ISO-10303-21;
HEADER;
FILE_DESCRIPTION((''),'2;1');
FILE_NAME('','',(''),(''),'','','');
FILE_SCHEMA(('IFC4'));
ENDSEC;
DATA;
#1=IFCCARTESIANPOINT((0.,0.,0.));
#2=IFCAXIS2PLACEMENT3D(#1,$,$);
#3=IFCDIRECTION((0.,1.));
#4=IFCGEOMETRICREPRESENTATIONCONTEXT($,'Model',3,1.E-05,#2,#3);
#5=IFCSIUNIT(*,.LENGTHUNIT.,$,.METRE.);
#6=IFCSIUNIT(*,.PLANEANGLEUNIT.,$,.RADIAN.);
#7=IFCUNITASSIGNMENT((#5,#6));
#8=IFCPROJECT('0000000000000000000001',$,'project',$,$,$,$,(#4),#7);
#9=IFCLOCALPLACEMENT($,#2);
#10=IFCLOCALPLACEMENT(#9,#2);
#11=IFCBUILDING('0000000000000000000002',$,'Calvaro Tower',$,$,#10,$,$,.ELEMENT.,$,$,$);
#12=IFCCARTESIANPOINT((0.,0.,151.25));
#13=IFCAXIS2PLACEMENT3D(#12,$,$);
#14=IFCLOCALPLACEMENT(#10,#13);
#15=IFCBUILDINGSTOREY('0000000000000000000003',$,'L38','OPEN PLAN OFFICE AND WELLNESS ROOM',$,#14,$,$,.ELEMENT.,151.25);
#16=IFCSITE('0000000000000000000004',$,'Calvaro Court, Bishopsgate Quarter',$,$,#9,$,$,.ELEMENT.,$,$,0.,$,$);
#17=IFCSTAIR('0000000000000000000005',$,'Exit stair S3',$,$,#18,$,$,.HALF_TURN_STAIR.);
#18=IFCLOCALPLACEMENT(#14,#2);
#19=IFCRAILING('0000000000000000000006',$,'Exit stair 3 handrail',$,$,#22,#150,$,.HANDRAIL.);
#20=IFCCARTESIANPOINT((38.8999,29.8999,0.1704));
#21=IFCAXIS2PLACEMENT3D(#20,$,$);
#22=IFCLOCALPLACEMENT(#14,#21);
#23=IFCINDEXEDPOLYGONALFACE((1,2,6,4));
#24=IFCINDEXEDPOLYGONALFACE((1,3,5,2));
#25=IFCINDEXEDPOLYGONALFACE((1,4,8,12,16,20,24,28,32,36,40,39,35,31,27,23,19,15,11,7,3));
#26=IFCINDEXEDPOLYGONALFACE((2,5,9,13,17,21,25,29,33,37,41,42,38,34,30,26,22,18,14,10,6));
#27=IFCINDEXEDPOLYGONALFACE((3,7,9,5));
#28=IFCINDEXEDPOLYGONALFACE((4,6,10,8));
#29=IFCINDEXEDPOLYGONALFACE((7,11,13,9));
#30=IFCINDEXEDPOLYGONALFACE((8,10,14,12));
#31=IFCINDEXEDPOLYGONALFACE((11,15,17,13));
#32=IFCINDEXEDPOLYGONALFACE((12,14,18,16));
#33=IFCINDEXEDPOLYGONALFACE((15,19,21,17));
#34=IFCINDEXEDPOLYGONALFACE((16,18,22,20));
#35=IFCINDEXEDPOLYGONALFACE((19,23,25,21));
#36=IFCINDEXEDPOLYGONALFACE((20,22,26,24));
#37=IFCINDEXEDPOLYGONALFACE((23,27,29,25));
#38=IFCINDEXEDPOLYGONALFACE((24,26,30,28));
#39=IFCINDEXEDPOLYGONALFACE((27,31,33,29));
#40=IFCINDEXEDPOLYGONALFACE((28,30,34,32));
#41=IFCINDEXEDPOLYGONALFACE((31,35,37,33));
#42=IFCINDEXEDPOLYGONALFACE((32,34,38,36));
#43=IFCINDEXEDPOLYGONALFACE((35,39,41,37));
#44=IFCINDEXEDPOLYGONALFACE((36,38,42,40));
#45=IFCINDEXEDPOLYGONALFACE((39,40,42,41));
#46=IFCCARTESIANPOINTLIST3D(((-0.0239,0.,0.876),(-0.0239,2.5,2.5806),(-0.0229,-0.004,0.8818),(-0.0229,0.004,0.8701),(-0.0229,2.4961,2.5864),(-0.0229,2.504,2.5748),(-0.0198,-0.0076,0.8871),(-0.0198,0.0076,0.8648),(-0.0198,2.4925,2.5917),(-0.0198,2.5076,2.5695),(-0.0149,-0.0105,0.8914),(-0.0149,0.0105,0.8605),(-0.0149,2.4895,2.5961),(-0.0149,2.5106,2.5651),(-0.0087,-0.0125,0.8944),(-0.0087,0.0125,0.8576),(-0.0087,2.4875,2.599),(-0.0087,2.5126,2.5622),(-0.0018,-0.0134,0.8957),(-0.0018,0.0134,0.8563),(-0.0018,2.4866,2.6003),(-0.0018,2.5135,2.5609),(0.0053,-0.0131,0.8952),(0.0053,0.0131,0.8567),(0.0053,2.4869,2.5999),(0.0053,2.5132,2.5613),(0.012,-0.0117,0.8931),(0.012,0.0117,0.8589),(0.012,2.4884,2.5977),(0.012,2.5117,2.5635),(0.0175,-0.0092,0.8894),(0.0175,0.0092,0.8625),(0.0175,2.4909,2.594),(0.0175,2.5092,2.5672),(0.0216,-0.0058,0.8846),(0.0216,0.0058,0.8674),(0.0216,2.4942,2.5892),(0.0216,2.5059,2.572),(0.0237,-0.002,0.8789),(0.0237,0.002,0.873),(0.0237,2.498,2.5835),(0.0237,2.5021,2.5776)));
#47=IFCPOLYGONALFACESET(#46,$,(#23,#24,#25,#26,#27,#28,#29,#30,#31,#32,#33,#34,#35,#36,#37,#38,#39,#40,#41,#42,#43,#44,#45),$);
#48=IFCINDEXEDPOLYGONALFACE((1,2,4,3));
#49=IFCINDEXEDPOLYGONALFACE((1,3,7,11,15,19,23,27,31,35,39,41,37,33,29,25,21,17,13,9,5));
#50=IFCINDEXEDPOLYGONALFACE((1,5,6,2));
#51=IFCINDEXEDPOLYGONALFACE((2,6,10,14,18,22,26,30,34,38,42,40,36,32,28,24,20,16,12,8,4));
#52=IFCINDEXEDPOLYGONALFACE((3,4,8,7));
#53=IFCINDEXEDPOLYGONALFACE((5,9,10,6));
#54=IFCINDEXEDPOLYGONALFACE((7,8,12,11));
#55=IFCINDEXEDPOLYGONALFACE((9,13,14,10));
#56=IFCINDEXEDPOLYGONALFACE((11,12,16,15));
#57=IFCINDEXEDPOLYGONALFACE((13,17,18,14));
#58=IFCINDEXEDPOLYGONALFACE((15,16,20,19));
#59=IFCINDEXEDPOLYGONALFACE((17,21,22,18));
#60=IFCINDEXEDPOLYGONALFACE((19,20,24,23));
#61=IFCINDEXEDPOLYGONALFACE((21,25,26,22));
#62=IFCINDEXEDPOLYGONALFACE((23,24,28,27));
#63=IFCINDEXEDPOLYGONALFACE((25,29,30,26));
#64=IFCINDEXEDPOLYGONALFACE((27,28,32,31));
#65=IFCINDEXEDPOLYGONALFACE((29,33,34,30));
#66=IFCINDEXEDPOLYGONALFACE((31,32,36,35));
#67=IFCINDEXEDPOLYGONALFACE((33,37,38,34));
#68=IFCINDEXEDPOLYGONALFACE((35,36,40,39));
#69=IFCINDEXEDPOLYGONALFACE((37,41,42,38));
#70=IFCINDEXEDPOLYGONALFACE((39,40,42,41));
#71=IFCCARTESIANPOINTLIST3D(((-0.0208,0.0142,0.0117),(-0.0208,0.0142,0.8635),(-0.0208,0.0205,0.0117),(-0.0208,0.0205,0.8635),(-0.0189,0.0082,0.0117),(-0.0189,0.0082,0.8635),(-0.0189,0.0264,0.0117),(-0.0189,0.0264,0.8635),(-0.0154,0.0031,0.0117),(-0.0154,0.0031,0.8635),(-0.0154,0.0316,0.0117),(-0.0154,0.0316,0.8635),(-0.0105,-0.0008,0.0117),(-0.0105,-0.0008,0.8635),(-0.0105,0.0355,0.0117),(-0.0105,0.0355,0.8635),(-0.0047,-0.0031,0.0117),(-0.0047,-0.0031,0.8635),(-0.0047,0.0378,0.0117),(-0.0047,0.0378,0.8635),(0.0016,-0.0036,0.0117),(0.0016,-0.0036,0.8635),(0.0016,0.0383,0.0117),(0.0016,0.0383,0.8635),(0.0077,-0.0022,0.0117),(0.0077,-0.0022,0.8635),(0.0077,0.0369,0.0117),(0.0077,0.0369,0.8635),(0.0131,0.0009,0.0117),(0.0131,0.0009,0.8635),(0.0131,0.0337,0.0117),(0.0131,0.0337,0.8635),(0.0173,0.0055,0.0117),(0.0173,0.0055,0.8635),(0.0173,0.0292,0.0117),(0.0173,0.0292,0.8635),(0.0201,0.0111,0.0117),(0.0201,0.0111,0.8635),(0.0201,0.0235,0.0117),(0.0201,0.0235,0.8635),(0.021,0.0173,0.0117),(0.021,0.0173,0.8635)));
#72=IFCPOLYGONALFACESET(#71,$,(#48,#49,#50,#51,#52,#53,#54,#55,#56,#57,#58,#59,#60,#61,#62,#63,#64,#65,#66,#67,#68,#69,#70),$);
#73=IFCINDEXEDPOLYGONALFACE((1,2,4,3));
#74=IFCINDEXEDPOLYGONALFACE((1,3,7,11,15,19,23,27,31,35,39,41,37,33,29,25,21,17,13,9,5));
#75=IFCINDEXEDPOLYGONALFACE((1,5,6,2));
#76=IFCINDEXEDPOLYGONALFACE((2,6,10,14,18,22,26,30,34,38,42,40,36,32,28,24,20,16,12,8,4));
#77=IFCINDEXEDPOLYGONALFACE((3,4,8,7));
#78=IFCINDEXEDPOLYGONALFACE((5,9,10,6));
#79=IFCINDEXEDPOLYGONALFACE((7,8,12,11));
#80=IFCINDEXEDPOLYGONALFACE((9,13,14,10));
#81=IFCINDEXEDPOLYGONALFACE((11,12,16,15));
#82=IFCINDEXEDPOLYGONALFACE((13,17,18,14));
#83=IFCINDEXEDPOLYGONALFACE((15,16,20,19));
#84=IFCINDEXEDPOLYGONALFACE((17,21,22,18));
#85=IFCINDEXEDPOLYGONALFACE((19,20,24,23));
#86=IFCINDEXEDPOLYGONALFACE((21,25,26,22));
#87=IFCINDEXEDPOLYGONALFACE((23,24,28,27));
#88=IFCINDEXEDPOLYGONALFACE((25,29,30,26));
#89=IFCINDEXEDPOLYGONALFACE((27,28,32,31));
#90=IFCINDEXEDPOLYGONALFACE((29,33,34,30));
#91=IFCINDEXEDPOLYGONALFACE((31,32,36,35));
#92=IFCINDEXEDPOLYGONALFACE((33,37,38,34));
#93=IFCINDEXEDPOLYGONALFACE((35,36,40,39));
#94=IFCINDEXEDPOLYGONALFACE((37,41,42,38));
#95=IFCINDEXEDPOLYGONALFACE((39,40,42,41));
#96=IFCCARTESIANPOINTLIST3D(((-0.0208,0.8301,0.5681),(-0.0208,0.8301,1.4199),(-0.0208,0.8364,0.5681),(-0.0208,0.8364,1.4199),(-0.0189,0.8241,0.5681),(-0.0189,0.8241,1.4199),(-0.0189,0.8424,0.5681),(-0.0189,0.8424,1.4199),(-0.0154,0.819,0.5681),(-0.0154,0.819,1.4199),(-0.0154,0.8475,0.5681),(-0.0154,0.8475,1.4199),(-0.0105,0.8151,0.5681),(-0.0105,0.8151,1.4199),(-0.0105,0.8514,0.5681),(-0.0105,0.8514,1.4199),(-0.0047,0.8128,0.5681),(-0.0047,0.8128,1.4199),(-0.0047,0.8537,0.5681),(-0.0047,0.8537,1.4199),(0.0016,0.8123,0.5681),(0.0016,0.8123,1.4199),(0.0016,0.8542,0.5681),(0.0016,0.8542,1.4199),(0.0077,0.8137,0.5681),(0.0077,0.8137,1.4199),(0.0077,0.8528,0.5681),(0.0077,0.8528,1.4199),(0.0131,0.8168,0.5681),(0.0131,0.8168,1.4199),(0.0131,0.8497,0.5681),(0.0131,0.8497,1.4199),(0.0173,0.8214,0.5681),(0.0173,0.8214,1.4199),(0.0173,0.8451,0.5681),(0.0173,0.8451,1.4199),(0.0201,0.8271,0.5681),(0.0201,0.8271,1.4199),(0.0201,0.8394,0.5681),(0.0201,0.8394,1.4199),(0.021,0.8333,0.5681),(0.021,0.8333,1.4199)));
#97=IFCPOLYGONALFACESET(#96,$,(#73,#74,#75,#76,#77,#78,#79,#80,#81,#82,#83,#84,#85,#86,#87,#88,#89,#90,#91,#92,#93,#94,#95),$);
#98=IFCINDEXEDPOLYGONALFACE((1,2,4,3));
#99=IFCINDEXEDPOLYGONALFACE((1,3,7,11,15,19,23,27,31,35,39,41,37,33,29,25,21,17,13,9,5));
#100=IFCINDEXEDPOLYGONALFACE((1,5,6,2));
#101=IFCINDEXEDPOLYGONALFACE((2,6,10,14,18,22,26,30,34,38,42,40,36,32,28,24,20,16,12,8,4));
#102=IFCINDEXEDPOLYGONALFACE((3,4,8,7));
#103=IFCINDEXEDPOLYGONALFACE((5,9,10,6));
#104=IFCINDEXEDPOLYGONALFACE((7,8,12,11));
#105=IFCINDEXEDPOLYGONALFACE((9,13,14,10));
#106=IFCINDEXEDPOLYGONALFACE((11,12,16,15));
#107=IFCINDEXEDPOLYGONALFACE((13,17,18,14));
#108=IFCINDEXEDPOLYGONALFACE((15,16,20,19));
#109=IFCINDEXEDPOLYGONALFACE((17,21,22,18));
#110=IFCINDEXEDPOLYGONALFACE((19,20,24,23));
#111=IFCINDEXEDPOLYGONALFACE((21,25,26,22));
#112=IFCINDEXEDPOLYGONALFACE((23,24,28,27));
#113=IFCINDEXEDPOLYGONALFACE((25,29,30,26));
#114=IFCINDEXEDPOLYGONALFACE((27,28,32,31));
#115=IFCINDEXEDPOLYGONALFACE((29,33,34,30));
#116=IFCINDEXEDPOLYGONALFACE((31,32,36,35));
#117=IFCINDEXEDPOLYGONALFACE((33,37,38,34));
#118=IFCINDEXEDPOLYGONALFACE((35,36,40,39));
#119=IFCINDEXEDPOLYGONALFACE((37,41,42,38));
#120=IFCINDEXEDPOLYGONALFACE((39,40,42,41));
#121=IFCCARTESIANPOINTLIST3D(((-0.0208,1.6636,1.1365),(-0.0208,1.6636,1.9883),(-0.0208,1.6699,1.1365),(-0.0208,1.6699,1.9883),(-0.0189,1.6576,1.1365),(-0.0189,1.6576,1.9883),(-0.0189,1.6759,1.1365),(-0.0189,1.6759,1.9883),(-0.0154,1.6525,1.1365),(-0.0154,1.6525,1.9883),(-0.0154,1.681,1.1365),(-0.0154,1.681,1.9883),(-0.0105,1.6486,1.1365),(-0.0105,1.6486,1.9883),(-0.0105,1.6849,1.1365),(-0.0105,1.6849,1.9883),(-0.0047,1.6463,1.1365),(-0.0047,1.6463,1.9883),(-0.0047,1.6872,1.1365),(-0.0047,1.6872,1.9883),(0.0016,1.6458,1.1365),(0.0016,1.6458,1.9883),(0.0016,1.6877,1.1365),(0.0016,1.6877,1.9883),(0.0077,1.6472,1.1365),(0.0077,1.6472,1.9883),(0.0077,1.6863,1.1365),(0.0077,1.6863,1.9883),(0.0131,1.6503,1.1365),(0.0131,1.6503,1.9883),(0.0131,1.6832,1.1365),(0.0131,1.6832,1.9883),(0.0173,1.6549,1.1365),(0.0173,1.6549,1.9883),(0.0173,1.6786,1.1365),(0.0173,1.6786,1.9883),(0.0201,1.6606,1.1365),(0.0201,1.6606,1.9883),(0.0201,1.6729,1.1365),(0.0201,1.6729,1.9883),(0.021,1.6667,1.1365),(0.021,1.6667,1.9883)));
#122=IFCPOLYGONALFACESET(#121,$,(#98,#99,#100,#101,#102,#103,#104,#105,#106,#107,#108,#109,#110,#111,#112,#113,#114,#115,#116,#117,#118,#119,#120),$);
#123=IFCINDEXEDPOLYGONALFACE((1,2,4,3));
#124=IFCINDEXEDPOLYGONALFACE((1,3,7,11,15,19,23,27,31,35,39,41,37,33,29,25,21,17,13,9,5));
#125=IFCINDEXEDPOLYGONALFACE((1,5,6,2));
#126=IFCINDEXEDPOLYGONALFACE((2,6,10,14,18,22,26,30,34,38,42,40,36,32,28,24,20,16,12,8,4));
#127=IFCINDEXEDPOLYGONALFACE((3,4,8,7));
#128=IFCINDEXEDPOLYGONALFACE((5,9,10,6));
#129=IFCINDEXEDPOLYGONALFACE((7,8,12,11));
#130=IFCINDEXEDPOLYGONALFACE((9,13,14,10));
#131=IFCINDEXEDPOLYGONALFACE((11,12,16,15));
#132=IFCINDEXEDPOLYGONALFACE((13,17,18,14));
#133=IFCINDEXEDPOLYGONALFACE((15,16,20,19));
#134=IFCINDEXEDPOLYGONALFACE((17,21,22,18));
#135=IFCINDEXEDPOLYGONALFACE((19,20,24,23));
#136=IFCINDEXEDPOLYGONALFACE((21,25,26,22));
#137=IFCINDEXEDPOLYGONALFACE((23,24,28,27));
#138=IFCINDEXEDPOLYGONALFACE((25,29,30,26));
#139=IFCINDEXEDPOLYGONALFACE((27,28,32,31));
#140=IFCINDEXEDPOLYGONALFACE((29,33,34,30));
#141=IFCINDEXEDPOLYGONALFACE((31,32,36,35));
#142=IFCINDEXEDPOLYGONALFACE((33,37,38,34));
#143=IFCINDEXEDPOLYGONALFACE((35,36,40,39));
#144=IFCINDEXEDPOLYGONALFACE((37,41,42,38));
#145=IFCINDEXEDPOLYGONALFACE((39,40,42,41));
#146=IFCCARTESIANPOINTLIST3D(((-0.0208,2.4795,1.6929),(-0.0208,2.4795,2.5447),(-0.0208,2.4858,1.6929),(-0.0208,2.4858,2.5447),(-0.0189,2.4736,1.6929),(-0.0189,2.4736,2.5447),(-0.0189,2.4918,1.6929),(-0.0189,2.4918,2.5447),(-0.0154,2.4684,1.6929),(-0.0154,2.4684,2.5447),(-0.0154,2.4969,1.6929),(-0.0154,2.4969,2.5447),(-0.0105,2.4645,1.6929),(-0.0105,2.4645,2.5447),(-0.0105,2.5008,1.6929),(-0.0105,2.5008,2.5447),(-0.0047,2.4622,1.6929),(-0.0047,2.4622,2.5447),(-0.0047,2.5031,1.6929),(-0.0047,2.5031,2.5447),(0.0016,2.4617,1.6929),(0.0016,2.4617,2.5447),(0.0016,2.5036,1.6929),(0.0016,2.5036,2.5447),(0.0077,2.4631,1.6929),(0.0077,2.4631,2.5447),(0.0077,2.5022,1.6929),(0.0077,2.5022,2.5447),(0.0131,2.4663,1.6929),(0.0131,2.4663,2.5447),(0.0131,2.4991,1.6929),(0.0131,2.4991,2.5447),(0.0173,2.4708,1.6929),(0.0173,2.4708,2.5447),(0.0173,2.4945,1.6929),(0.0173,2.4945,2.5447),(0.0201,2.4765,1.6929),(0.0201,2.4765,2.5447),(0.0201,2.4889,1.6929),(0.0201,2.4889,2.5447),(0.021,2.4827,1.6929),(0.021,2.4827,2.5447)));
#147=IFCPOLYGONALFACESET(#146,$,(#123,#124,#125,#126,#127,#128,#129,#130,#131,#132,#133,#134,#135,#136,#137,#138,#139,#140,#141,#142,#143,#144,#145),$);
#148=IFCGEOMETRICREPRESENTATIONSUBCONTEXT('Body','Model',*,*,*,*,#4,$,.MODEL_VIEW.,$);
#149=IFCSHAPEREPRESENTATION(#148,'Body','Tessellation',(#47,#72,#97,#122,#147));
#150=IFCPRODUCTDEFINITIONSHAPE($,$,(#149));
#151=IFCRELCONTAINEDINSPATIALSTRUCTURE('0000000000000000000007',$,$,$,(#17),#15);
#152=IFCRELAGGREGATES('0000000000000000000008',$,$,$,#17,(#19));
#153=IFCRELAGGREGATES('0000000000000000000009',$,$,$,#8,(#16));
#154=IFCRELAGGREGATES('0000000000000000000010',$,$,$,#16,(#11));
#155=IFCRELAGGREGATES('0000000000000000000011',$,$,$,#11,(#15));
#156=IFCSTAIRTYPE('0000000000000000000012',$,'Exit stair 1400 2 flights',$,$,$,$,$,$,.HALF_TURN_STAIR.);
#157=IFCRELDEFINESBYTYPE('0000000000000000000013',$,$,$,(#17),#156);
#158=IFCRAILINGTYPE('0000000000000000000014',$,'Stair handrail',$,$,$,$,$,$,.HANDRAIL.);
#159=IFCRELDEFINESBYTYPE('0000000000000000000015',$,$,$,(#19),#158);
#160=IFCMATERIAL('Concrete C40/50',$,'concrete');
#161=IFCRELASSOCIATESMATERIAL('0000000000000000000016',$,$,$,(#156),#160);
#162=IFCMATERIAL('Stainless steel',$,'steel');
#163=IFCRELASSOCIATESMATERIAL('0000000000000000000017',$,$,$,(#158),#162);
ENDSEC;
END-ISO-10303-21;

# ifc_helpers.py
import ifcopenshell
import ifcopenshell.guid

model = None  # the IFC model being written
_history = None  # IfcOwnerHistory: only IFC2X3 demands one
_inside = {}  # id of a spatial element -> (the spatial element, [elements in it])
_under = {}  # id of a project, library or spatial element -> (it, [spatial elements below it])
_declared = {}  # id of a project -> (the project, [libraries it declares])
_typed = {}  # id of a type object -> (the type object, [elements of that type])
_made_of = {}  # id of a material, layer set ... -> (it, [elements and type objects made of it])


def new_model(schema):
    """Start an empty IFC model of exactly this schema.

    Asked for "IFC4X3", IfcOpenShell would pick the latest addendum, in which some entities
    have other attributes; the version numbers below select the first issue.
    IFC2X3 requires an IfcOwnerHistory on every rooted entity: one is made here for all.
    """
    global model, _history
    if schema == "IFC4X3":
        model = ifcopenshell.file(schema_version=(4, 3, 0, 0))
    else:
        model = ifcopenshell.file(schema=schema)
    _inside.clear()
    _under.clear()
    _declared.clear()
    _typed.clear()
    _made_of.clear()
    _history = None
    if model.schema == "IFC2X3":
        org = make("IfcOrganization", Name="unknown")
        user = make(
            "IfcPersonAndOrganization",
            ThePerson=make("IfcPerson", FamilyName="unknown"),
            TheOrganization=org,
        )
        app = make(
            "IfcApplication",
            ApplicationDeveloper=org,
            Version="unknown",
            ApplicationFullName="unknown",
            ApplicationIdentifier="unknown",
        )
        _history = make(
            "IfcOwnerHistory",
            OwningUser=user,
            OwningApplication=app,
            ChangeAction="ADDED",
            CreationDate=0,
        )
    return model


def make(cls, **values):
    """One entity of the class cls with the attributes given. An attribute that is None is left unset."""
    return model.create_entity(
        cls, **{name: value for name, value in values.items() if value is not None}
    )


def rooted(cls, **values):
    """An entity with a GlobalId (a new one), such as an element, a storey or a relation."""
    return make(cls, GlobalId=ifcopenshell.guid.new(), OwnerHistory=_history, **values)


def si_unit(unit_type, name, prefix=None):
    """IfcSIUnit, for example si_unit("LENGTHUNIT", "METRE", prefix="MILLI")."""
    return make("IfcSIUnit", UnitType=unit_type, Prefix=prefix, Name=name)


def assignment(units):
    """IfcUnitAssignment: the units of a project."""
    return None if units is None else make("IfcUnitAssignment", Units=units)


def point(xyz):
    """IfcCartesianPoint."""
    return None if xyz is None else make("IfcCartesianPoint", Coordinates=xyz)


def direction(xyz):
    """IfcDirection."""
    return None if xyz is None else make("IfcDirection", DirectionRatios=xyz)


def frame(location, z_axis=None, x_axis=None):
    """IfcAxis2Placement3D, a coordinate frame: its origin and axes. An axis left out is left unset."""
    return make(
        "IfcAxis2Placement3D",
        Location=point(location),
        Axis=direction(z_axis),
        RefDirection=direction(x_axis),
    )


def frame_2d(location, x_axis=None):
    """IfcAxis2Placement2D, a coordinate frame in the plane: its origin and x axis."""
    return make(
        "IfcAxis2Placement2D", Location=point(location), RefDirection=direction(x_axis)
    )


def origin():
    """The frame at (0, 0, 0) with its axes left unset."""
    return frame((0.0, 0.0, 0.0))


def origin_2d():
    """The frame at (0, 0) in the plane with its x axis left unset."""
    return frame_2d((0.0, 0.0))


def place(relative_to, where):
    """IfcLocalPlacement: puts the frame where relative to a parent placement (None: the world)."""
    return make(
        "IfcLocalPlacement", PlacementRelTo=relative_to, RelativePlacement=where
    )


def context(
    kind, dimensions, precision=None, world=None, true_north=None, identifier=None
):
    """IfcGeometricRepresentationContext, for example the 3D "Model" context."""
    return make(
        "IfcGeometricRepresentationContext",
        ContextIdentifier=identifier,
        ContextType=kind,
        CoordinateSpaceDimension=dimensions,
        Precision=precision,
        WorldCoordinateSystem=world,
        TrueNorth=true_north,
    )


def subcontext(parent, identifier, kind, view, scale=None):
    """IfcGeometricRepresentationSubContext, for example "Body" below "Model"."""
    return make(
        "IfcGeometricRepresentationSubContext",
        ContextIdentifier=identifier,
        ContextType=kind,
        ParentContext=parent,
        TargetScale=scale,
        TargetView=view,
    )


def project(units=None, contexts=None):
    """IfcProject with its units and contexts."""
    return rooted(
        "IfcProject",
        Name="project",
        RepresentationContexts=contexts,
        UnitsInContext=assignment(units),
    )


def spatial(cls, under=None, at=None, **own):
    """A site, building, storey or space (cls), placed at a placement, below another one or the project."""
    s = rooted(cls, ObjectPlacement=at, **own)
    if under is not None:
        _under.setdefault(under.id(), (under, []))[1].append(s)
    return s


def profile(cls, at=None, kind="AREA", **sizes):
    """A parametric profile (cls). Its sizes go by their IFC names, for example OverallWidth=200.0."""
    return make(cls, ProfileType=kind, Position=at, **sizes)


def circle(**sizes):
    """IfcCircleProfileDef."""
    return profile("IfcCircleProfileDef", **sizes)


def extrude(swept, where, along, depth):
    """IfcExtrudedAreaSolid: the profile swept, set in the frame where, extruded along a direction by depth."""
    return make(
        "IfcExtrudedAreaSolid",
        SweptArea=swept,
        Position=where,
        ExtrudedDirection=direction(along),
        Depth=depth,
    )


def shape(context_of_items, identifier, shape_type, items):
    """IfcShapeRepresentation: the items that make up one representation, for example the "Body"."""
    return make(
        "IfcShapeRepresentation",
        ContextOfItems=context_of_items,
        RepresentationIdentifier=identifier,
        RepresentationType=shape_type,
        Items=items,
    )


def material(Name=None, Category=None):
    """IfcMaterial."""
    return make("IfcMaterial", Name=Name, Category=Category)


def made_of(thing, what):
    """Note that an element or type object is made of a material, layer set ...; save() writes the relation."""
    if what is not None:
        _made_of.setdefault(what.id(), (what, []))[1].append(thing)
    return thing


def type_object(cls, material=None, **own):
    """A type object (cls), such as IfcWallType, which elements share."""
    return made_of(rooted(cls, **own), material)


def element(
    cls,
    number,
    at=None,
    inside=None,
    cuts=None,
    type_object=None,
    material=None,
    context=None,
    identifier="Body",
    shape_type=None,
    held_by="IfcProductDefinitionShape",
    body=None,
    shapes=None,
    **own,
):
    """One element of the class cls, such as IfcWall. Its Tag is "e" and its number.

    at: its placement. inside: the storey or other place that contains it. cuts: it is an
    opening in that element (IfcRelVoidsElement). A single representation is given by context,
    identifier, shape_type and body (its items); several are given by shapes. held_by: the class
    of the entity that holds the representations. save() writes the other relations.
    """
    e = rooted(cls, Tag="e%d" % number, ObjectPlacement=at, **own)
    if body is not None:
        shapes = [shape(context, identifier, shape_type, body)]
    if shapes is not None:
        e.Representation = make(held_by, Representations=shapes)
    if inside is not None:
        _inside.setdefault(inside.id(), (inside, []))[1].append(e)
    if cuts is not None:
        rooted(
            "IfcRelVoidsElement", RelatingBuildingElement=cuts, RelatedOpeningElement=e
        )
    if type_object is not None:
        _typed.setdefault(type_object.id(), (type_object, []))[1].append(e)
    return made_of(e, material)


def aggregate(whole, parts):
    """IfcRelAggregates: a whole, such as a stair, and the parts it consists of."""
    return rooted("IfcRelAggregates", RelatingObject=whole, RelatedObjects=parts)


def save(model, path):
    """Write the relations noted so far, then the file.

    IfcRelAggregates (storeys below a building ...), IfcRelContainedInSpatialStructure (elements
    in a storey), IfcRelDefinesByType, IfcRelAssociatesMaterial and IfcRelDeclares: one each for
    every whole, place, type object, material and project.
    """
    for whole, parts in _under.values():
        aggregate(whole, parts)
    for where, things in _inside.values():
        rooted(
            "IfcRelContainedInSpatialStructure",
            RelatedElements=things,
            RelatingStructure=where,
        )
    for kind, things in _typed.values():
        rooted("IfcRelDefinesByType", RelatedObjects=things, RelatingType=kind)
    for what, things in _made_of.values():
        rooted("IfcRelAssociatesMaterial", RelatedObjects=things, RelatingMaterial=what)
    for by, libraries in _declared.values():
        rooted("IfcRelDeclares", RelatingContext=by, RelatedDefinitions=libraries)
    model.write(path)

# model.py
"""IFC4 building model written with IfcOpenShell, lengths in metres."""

from ifc_helpers import new_model, si_unit, direction, frame, origin, origin_2d, place, context, subcontext, project, spatial, circle, extrude, material, type_object, element, aggregate, save


model = new_model("IFC4")

# Units and contexts
model_context = context("Model", 3, precision=1e-05, world=origin(), true_north=direction((0.0, 1.0)))
body_context = subcontext(model_context, "Body", "Model", "MODEL_VIEW")
ifc_project = project(units=[si_unit("LENGTHUNIT", "METRE"), si_unit("PLANEANGLEUNIT", "RADIAN")], contexts=[model_context])

# Site, building, storey
site_placement = place(None, origin())
site = spatial("IfcSite", under=ifc_project, at=site_placement, Name="Calvaro Court, Bishopsgate Quarter", CompositionType="ELEMENT", RefElevation=0.0)
building_placement = place(site_placement, origin())
building = spatial("IfcBuilding", under=site, at=building_placement, Name="Calvaro Tower", CompositionType="ELEMENT")
storey_placement = place(building_placement, frame((0.0, 0.0, 151.25)))
storey = spatial("IfcBuildingStorey", under=building, at=storey_placement, Name="L38", Description="OPEN PLAN OFFICE AND WELLNESS ROOM", CompositionType="ELEMENT", Elevation=151.25)

# Stair
ifc_material_1 = material(Name="Concrete C40/50", Category="concrete")
stair_type = type_object("IfcStairType", Name="Exit stair 1400 2 flights", PredefinedType="HALF_TURN_STAIR", material=ifc_material_1)
stair_1_placement = place(storey_placement, origin())
stair_1 = element("IfcStair", 1, at=stair_1_placement, inside=storey, type_object=stair_type, Name="Exit stair S3", PredefinedType="HALF_TURN_STAIR")

# Railing
ifc_material_2 = material(Name="Stainless steel", Category="steel")
railing_type = type_object("IfcRailingType", Name="Stair handrail", PredefinedType="HANDRAIL", material=ifc_material_2)
railing_1_placement = place(storey_placement, frame((38.8999, 29.8999, 0.1704)))
railing_1 = element("IfcRailing", 2, at=railing_1_placement, type_object=railing_type, Name="Exit stair 3 handrail", PredefinedType="HANDRAIL", context=body_context, shape_type="SweptSolid", body=[
    extrude(circle(Radius=0.0239, at=origin_2d()), frame((0.0, 0.0, 0.876), z_axis=(0.0, 0.826221, 0.563347), x_axis=(-1.0, 0.0, 0.0)), (0.0, 0.0, 1.0), 3.0259),
    extrude(circle(Radius=0.021, at=origin_2d()), frame((0.0, 0.0173, 0.0117)), (0.0, 0.0, 1.0), 0.8518),
    extrude(circle(Radius=0.021, at=origin_2d()), frame((0.0, 0.8333, 0.5681)), (0.0, 0.0, 1.0), 0.8518),
    extrude(circle(Radius=0.021, at=origin_2d()), frame((0.0, 1.6667, 1.1365)), (0.0, 0.0, 1.0), 0.8518),
    extrude(circle(Radius=0.021, at=origin_2d()), frame((0.0, 2.4827, 1.6929)), (0.0, 0.0, 1.0), 0.8518),
])
aggregate(stair_1, [railing_1])

save(model, "model.ifc")
